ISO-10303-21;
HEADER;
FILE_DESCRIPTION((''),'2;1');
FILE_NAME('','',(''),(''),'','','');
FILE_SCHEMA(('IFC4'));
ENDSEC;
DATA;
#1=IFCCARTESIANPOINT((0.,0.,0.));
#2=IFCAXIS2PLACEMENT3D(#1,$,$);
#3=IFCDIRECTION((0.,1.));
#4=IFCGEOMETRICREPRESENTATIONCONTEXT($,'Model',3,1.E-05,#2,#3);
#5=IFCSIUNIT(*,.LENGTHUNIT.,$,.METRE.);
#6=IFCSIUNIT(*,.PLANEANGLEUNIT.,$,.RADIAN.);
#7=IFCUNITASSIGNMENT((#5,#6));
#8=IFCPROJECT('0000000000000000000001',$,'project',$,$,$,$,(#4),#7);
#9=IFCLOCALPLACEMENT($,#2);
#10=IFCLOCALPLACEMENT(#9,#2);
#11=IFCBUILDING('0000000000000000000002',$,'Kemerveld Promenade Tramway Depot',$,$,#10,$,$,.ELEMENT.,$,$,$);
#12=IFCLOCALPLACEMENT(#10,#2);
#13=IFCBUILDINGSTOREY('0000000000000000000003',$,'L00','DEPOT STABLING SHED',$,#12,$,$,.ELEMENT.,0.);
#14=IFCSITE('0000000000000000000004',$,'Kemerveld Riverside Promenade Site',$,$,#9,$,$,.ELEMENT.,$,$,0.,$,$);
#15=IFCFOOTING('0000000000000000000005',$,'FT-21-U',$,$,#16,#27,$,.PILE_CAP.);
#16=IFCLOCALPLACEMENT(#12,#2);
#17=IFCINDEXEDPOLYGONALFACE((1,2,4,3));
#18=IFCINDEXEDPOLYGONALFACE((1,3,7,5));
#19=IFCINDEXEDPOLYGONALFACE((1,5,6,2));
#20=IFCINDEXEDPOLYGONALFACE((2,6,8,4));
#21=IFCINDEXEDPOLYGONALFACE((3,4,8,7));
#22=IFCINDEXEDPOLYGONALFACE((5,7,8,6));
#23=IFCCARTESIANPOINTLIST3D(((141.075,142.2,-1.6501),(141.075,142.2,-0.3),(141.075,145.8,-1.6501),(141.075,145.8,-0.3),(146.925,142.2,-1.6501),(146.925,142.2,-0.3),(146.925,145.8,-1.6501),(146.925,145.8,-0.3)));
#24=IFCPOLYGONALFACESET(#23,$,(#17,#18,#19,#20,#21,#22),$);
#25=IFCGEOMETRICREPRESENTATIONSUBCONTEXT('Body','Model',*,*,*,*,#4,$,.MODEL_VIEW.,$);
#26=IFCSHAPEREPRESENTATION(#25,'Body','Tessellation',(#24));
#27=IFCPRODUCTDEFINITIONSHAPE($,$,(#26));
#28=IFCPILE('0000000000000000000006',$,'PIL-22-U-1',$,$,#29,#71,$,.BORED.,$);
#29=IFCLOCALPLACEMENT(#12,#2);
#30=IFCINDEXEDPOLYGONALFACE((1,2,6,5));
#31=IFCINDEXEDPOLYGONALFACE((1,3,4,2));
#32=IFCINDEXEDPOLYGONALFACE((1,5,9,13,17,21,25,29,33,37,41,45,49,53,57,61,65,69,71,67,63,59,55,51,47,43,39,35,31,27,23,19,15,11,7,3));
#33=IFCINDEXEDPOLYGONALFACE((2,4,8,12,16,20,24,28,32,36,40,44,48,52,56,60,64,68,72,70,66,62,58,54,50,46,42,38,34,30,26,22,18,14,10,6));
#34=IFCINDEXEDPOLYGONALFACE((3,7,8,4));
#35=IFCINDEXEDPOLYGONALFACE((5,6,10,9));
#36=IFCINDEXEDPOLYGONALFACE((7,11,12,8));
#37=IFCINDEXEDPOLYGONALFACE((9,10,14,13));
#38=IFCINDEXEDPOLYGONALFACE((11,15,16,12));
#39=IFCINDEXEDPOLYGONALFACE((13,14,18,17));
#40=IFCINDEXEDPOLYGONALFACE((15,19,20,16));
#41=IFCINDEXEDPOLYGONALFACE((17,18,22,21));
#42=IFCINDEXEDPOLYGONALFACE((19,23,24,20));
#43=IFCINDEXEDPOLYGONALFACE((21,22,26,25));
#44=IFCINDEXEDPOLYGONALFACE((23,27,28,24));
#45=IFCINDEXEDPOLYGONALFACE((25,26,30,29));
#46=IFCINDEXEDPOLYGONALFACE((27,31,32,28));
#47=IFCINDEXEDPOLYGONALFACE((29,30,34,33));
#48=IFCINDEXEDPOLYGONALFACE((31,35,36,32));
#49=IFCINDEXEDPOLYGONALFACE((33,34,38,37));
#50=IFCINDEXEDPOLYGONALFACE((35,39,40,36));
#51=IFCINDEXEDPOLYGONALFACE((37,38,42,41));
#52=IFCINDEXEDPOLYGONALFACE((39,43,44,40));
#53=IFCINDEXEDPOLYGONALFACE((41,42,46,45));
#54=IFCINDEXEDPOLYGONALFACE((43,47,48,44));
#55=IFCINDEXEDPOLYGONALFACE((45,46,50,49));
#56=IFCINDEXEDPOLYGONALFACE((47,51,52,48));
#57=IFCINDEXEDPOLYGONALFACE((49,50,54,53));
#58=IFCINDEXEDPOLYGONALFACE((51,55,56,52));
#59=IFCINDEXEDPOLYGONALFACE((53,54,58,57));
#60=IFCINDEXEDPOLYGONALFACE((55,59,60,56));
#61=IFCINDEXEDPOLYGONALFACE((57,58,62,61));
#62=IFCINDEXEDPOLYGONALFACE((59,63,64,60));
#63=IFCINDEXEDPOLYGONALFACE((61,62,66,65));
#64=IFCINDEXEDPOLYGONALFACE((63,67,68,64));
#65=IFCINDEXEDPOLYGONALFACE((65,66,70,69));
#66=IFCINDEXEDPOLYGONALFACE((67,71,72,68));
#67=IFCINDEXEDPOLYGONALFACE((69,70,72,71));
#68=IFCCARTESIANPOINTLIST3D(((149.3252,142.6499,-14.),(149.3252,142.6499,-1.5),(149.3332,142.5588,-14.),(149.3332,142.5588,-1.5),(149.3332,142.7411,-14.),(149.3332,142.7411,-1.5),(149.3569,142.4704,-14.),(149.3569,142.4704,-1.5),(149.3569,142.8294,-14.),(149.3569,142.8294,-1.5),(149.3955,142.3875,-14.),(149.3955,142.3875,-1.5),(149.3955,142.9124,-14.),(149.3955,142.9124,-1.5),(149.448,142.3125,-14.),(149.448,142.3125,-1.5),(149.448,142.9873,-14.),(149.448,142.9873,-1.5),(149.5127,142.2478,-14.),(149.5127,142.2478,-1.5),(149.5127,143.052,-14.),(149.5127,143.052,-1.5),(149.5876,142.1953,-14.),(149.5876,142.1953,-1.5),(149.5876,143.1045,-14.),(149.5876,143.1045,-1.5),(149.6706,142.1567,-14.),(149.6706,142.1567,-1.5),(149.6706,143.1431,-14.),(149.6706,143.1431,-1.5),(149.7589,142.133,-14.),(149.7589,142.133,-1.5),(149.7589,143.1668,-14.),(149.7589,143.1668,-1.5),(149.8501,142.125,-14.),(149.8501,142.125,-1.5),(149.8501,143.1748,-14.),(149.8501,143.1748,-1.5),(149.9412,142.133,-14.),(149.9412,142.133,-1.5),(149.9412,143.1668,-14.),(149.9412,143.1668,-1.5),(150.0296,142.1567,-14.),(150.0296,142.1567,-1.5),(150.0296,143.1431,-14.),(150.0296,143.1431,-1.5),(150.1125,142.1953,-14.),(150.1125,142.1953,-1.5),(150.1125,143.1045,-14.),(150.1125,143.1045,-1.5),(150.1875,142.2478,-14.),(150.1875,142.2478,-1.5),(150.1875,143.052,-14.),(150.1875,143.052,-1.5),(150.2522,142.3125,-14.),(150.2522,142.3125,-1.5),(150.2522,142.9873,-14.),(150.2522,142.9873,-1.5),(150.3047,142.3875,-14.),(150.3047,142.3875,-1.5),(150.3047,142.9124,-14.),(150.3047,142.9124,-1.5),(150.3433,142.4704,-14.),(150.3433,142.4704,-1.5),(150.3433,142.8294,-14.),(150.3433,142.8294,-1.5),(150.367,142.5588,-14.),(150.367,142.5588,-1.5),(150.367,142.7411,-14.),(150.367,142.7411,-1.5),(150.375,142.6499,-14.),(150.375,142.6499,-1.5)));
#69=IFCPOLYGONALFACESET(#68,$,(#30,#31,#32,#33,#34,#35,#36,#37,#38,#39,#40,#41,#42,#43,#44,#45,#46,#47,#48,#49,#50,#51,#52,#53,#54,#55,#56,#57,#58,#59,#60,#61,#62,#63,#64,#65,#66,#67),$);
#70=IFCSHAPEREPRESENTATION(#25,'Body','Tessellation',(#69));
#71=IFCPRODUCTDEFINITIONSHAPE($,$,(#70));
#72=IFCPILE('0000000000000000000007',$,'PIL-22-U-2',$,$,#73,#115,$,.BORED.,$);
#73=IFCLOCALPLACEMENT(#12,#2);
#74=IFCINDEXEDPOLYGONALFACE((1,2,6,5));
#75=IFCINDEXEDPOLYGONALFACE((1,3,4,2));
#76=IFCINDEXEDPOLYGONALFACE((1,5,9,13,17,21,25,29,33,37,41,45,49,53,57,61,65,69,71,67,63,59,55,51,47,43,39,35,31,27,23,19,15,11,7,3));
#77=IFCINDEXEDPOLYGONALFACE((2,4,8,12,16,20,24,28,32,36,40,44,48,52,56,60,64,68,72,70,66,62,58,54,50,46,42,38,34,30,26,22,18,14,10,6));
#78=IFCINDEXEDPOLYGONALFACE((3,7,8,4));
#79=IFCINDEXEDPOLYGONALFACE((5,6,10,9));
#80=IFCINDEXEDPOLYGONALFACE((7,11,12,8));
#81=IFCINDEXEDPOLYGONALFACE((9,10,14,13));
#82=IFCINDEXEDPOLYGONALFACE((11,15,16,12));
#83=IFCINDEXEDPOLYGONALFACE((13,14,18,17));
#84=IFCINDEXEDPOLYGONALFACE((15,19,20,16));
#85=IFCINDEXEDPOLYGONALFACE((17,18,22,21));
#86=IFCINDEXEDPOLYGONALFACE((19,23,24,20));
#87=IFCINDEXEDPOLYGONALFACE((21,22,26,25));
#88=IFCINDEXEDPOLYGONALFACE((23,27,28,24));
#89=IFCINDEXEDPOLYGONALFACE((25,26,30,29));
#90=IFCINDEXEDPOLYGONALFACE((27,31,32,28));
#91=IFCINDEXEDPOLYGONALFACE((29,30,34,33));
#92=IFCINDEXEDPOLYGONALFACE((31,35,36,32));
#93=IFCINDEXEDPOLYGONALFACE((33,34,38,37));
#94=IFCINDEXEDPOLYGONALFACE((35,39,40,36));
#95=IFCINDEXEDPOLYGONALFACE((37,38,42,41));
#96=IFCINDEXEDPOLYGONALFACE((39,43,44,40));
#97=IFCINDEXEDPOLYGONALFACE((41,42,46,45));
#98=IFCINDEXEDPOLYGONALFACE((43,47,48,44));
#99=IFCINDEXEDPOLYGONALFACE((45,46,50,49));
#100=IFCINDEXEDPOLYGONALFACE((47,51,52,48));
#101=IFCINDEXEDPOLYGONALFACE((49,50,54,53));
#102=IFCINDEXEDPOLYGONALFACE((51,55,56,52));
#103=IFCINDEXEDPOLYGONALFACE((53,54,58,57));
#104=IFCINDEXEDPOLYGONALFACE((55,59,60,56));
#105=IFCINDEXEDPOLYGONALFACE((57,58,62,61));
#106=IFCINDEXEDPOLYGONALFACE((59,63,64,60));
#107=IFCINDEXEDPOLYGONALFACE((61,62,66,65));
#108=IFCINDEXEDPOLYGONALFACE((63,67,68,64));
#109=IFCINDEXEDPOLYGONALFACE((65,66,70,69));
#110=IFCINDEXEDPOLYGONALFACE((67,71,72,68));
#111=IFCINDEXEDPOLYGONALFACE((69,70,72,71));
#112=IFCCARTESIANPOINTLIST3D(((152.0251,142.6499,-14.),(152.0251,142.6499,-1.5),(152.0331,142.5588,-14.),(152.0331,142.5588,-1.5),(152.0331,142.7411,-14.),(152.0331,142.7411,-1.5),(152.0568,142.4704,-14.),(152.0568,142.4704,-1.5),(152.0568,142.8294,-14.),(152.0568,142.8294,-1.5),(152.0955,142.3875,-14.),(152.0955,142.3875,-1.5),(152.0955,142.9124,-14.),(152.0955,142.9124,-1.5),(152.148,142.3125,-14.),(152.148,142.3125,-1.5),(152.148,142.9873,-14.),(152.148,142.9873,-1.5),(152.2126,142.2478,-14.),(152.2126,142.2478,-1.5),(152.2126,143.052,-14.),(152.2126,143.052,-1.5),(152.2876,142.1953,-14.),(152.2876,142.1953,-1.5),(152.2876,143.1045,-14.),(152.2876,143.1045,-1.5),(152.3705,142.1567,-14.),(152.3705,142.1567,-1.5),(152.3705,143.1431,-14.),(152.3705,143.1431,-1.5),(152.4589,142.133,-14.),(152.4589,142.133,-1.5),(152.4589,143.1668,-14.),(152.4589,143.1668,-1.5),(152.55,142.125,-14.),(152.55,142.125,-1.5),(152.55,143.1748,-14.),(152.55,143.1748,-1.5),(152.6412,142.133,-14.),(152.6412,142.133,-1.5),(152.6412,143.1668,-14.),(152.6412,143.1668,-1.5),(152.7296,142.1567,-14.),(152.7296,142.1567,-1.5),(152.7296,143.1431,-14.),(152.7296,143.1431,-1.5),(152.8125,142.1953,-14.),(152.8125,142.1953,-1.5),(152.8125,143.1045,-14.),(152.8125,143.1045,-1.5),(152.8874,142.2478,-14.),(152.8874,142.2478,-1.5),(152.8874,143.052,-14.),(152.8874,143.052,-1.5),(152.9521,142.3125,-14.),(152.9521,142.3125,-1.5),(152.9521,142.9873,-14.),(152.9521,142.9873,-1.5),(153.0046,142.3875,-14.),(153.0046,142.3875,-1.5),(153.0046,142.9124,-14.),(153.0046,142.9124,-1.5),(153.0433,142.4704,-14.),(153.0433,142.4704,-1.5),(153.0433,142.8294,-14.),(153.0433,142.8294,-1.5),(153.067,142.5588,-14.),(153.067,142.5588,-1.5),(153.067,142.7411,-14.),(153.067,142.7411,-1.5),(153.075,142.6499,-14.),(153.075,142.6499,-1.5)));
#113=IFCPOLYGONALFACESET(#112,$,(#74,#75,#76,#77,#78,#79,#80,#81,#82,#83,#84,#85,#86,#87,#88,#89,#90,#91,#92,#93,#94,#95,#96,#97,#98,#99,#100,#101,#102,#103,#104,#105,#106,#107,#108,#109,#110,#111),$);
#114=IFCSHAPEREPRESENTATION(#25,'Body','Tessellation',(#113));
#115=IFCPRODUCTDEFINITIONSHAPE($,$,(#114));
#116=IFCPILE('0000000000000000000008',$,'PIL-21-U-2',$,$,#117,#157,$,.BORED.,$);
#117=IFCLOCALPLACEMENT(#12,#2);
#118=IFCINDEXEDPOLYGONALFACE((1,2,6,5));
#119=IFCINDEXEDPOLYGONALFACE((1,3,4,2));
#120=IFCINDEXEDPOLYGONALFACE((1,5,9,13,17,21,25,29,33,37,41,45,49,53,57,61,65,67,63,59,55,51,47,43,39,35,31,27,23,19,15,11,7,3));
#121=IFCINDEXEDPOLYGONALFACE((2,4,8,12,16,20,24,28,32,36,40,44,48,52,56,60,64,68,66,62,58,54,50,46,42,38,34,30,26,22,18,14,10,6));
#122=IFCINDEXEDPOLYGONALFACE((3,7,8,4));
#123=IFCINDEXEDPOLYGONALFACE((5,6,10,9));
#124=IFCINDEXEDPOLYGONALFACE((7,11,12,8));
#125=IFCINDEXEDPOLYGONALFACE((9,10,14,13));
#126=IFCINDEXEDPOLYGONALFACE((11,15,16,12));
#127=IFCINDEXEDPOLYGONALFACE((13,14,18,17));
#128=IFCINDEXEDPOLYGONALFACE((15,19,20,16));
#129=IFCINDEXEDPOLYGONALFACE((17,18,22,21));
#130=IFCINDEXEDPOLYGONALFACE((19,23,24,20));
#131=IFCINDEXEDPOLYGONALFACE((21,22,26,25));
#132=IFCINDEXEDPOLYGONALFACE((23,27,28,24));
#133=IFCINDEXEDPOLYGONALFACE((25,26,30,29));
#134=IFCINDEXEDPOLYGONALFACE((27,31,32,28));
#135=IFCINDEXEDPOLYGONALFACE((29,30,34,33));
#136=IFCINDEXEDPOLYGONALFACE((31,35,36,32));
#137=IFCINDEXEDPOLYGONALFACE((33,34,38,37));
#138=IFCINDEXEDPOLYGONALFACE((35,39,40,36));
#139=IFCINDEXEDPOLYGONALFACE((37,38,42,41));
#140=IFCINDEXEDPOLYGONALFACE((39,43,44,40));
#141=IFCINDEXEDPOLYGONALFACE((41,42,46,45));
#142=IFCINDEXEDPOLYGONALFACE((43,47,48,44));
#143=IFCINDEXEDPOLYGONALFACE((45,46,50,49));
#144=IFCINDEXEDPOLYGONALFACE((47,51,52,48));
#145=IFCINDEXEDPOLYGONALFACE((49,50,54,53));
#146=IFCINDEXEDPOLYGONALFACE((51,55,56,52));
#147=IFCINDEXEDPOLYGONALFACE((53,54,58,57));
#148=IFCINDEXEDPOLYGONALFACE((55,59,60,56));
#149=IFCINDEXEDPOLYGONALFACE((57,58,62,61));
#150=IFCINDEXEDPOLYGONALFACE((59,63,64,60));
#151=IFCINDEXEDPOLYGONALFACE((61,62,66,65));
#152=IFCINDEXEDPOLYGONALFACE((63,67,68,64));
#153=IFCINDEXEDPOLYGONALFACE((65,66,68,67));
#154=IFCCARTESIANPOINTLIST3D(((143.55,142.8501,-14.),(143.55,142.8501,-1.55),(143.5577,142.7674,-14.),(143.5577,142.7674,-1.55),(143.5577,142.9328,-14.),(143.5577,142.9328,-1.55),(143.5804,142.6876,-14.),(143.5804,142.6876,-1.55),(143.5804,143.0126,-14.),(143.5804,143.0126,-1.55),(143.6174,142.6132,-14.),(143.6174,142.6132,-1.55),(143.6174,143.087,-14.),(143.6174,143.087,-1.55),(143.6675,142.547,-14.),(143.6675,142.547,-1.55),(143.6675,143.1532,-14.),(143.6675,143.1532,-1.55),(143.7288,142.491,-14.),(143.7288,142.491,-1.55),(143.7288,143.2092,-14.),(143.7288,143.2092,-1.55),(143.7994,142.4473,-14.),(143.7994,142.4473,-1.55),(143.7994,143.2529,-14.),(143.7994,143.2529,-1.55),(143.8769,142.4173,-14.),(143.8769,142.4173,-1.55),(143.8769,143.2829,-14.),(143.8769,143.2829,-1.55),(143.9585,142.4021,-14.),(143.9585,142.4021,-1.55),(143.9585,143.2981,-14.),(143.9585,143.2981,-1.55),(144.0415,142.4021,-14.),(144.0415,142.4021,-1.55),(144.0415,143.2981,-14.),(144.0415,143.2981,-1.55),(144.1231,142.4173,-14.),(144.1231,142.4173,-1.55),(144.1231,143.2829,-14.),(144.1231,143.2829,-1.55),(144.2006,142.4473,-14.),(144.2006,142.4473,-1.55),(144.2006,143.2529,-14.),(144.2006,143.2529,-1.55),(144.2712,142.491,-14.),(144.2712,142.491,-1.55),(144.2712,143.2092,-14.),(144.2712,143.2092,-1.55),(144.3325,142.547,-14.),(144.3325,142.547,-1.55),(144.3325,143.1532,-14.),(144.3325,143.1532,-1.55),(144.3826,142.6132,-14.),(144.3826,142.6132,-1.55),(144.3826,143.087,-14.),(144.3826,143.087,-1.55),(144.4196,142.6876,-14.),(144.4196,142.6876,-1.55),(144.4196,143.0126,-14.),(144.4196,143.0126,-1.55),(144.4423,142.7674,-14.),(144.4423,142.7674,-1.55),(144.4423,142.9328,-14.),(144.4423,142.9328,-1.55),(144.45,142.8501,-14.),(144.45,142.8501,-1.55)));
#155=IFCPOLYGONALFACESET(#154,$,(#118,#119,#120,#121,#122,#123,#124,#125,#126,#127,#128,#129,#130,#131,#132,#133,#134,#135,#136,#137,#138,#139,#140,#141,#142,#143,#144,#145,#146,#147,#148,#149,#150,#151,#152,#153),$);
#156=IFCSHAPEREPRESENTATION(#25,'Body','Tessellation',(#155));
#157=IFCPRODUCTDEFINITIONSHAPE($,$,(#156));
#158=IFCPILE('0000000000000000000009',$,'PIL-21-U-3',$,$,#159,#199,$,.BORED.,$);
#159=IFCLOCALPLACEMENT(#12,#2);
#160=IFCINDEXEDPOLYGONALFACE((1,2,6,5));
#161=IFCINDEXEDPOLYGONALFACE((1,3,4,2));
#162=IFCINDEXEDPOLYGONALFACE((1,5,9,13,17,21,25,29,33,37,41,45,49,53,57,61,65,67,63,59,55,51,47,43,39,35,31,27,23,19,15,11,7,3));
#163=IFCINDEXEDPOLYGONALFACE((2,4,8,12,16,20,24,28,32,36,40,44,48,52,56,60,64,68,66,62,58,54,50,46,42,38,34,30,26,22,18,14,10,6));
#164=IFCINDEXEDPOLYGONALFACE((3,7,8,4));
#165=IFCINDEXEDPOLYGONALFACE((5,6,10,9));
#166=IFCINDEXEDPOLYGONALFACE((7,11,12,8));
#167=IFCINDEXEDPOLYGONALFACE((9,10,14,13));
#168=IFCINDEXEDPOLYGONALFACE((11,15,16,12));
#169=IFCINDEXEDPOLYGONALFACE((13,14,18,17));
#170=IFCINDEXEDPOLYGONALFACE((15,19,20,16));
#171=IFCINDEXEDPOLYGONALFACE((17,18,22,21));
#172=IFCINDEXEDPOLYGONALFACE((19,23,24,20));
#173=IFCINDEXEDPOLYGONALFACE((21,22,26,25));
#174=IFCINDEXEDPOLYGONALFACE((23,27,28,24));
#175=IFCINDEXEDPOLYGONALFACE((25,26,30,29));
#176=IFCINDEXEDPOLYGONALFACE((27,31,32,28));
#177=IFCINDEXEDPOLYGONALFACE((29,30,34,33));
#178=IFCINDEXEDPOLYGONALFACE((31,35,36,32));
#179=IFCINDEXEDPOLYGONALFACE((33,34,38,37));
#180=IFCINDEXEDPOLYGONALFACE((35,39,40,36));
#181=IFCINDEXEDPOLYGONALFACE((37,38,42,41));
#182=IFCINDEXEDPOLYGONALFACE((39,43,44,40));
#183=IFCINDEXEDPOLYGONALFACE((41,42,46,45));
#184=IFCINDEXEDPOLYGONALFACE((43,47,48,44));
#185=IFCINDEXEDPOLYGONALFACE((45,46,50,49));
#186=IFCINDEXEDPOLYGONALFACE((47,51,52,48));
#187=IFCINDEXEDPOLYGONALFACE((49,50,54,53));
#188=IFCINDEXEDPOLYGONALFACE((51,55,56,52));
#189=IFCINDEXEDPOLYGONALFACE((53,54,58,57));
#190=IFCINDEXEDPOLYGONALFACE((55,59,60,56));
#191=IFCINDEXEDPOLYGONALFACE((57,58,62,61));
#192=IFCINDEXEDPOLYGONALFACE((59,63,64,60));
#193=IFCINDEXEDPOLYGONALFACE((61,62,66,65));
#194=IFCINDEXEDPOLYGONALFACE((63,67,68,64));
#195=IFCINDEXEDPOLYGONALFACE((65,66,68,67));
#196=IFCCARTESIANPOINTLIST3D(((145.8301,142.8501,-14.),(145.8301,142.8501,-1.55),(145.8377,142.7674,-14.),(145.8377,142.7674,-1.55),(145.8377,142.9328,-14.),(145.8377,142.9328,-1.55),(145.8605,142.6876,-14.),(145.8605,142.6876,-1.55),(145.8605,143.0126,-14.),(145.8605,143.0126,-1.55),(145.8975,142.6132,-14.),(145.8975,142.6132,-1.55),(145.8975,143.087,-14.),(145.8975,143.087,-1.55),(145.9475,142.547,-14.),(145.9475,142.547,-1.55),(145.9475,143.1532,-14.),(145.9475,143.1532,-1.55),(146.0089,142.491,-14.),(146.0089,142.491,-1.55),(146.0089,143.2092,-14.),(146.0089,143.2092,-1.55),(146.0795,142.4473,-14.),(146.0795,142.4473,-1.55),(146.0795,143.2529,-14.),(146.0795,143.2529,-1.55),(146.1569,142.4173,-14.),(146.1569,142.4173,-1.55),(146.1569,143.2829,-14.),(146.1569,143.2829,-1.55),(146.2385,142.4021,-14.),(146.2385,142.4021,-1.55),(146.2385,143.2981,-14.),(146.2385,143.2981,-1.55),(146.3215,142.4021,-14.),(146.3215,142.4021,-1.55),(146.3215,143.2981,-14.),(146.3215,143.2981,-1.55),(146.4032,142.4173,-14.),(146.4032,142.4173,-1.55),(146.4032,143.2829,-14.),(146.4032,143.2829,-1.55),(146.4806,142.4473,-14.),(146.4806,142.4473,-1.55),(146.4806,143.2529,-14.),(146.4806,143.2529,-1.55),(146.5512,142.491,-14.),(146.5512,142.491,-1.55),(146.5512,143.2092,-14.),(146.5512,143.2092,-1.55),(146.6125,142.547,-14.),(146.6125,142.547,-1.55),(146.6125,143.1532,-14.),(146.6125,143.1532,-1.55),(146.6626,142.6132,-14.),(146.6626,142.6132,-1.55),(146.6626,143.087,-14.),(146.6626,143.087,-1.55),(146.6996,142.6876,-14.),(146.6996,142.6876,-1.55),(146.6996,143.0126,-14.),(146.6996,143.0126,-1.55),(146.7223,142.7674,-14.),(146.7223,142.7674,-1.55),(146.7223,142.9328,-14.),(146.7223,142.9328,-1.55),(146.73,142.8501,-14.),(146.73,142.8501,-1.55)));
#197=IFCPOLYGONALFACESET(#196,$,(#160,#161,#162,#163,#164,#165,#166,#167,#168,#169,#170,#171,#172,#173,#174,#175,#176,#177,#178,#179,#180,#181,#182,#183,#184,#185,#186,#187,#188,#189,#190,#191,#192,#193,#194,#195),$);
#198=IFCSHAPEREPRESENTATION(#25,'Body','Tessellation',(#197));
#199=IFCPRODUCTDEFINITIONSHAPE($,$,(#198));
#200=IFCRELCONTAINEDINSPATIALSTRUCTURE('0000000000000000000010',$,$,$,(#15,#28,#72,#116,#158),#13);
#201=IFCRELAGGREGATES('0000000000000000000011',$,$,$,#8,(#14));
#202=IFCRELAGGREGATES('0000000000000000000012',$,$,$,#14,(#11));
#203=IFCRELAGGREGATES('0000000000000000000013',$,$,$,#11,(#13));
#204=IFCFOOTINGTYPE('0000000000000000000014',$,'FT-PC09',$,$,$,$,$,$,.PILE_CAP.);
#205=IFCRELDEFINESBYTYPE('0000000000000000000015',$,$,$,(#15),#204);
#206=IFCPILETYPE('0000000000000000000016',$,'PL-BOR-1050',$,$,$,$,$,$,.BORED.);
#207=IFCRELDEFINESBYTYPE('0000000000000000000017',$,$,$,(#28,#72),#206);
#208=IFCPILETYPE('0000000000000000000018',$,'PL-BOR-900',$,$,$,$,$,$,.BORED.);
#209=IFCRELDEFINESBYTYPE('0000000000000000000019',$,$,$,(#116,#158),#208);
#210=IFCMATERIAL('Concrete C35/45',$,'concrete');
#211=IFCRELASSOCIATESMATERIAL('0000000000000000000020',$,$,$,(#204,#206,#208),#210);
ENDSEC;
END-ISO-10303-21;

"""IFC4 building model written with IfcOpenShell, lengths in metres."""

from ifc_helpers import new_model, si_unit, direction, frame, origin, origin_2d, place, context, subcontext, project, spatial, rectangle, circle, extrude, material, material_profile, profile_set, type_object, element, save


model = new_model("IFC4")

# Units and contexts
model_context = context("Model", 3, precision=1e-05, world=origin(), true_north=direction((0.0, 1.0)))
body_context = subcontext(model_context, "Body", "Model", "MODEL_VIEW")
ifc_project = project(units=[si_unit("LENGTHUNIT", "METRE"), si_unit("PLANEANGLEUNIT", "RADIAN")], contexts=[model_context])

# Site, building, storey
site_placement = place(None, origin())
site = spatial("IfcSite", under=ifc_project, at=site_placement, Name="Kemerveld Riverside Promenade Site", CompositionType="ELEMENT", RefElevation=0.0)
building_placement = place(site_placement, origin())
building = spatial("IfcBuilding", under=site, at=building_placement, Name="Kemerveld Promenade Tramway Depot", CompositionType="ELEMENT")
storey_placement = place(building_placement, origin())
storey = spatial("IfcBuildingStorey", under=building, at=storey_placement, Name="L00", Description="DEPOT STABLING SHED", CompositionType="ELEMENT", Elevation=0.0)

# Footing
ifc_material_1 = material(Name="Concrete C35/45", Category="concrete")
footing_type = type_object("IfcFootingType", Name="FT-PC09", PredefinedType="PILE_CAP", material=ifc_material_1)
footing_placement = place(storey_placement, frame((144.0, 144.0, -1.6501), z_axis=(0.0, 0.0, 1.0), x_axis=(1.0, 0.0, 0.0)))
element("IfcFooting", 1, at=footing_placement, inside=storey, type_object=footing_type, Name="FT-21-U", PredefinedType="PILE_CAP", context=body_context, shape_type="SweptSolid", body=[
    extrude(rectangle(XDim=5.8501, YDim=3.6001, at=origin_2d()), origin(), (0.0, 0.0, 1.0), 1.3501),
])

# Piles
ifc_material_profile_1 = material_profile(ifc_material_1, circle(Radius=0.5249, at=origin_2d()), Name="PILE-D1050")
ifc_profile_set_1 = profile_set([ifc_material_profile_1], Name="Concrete C35/45")
pile_type_1 = type_object("IfcPileType", Name="PL-BOR-1050", PredefinedType="BORED", material=ifc_profile_set_1)
for number, where, z_axis, x_axis, name in (
    (2, (149.8501, 142.6499, -1.5), (0.0, 0.0, -1.0), (1.0, 0.0, 0.0), "PIL-22-U-1"),
    (3, (152.55, 142.6499, -1.5), (0.0, 0.0, -1.0), (1.0, 0.0, 0.0), "PIL-22-U-2"),
):
    element("IfcPile", number, at=place(storey_placement, frame(where, z_axis=z_axis, x_axis=x_axis)), inside=storey, type_object=pile_type_1, Name=name, PredefinedType="BORED", context=body_context, shape_type="SweptSolid", body=[
        extrude(circle(Radius=0.5249, at=origin_2d()), origin(), (0.0, 0.0, 1.0), 12.5),
    ])
ifc_material_profile_2 = material_profile(ifc_material_1, circle(Radius=0.45, at=origin_2d()), Name="PILE-D900")
ifc_profile_set_2 = profile_set([ifc_material_profile_2], Name="Concrete C35/45")
pile_type_2 = type_object("IfcPileType", Name="PL-BOR-900", PredefinedType="BORED", material=ifc_profile_set_2)
for number, where, z_axis, x_axis, name in (
    (4, (144.0, 142.8501, -1.55), (0.0, 0.0, -1.0), (1.0, 0.0, 0.0), "PIL-21-U-2"),
    (5, (146.28, 142.8501, -1.55), (0.0, 0.0, -1.0), (1.0, 0.0, 0.0), "PIL-21-U-3"),
):
    element("IfcPile", number, at=place(storey_placement, frame(where, z_axis=z_axis, x_axis=x_axis)), inside=storey, type_object=pile_type_2, Name=name, PredefinedType="BORED", context=body_context, shape_type="SweptSolid", body=[
        extrude(circle(Radius=0.45, at=origin_2d()), origin(), (0.0, 0.0, 1.0), 12.45),
    ])

save(model, "model.ifc")
